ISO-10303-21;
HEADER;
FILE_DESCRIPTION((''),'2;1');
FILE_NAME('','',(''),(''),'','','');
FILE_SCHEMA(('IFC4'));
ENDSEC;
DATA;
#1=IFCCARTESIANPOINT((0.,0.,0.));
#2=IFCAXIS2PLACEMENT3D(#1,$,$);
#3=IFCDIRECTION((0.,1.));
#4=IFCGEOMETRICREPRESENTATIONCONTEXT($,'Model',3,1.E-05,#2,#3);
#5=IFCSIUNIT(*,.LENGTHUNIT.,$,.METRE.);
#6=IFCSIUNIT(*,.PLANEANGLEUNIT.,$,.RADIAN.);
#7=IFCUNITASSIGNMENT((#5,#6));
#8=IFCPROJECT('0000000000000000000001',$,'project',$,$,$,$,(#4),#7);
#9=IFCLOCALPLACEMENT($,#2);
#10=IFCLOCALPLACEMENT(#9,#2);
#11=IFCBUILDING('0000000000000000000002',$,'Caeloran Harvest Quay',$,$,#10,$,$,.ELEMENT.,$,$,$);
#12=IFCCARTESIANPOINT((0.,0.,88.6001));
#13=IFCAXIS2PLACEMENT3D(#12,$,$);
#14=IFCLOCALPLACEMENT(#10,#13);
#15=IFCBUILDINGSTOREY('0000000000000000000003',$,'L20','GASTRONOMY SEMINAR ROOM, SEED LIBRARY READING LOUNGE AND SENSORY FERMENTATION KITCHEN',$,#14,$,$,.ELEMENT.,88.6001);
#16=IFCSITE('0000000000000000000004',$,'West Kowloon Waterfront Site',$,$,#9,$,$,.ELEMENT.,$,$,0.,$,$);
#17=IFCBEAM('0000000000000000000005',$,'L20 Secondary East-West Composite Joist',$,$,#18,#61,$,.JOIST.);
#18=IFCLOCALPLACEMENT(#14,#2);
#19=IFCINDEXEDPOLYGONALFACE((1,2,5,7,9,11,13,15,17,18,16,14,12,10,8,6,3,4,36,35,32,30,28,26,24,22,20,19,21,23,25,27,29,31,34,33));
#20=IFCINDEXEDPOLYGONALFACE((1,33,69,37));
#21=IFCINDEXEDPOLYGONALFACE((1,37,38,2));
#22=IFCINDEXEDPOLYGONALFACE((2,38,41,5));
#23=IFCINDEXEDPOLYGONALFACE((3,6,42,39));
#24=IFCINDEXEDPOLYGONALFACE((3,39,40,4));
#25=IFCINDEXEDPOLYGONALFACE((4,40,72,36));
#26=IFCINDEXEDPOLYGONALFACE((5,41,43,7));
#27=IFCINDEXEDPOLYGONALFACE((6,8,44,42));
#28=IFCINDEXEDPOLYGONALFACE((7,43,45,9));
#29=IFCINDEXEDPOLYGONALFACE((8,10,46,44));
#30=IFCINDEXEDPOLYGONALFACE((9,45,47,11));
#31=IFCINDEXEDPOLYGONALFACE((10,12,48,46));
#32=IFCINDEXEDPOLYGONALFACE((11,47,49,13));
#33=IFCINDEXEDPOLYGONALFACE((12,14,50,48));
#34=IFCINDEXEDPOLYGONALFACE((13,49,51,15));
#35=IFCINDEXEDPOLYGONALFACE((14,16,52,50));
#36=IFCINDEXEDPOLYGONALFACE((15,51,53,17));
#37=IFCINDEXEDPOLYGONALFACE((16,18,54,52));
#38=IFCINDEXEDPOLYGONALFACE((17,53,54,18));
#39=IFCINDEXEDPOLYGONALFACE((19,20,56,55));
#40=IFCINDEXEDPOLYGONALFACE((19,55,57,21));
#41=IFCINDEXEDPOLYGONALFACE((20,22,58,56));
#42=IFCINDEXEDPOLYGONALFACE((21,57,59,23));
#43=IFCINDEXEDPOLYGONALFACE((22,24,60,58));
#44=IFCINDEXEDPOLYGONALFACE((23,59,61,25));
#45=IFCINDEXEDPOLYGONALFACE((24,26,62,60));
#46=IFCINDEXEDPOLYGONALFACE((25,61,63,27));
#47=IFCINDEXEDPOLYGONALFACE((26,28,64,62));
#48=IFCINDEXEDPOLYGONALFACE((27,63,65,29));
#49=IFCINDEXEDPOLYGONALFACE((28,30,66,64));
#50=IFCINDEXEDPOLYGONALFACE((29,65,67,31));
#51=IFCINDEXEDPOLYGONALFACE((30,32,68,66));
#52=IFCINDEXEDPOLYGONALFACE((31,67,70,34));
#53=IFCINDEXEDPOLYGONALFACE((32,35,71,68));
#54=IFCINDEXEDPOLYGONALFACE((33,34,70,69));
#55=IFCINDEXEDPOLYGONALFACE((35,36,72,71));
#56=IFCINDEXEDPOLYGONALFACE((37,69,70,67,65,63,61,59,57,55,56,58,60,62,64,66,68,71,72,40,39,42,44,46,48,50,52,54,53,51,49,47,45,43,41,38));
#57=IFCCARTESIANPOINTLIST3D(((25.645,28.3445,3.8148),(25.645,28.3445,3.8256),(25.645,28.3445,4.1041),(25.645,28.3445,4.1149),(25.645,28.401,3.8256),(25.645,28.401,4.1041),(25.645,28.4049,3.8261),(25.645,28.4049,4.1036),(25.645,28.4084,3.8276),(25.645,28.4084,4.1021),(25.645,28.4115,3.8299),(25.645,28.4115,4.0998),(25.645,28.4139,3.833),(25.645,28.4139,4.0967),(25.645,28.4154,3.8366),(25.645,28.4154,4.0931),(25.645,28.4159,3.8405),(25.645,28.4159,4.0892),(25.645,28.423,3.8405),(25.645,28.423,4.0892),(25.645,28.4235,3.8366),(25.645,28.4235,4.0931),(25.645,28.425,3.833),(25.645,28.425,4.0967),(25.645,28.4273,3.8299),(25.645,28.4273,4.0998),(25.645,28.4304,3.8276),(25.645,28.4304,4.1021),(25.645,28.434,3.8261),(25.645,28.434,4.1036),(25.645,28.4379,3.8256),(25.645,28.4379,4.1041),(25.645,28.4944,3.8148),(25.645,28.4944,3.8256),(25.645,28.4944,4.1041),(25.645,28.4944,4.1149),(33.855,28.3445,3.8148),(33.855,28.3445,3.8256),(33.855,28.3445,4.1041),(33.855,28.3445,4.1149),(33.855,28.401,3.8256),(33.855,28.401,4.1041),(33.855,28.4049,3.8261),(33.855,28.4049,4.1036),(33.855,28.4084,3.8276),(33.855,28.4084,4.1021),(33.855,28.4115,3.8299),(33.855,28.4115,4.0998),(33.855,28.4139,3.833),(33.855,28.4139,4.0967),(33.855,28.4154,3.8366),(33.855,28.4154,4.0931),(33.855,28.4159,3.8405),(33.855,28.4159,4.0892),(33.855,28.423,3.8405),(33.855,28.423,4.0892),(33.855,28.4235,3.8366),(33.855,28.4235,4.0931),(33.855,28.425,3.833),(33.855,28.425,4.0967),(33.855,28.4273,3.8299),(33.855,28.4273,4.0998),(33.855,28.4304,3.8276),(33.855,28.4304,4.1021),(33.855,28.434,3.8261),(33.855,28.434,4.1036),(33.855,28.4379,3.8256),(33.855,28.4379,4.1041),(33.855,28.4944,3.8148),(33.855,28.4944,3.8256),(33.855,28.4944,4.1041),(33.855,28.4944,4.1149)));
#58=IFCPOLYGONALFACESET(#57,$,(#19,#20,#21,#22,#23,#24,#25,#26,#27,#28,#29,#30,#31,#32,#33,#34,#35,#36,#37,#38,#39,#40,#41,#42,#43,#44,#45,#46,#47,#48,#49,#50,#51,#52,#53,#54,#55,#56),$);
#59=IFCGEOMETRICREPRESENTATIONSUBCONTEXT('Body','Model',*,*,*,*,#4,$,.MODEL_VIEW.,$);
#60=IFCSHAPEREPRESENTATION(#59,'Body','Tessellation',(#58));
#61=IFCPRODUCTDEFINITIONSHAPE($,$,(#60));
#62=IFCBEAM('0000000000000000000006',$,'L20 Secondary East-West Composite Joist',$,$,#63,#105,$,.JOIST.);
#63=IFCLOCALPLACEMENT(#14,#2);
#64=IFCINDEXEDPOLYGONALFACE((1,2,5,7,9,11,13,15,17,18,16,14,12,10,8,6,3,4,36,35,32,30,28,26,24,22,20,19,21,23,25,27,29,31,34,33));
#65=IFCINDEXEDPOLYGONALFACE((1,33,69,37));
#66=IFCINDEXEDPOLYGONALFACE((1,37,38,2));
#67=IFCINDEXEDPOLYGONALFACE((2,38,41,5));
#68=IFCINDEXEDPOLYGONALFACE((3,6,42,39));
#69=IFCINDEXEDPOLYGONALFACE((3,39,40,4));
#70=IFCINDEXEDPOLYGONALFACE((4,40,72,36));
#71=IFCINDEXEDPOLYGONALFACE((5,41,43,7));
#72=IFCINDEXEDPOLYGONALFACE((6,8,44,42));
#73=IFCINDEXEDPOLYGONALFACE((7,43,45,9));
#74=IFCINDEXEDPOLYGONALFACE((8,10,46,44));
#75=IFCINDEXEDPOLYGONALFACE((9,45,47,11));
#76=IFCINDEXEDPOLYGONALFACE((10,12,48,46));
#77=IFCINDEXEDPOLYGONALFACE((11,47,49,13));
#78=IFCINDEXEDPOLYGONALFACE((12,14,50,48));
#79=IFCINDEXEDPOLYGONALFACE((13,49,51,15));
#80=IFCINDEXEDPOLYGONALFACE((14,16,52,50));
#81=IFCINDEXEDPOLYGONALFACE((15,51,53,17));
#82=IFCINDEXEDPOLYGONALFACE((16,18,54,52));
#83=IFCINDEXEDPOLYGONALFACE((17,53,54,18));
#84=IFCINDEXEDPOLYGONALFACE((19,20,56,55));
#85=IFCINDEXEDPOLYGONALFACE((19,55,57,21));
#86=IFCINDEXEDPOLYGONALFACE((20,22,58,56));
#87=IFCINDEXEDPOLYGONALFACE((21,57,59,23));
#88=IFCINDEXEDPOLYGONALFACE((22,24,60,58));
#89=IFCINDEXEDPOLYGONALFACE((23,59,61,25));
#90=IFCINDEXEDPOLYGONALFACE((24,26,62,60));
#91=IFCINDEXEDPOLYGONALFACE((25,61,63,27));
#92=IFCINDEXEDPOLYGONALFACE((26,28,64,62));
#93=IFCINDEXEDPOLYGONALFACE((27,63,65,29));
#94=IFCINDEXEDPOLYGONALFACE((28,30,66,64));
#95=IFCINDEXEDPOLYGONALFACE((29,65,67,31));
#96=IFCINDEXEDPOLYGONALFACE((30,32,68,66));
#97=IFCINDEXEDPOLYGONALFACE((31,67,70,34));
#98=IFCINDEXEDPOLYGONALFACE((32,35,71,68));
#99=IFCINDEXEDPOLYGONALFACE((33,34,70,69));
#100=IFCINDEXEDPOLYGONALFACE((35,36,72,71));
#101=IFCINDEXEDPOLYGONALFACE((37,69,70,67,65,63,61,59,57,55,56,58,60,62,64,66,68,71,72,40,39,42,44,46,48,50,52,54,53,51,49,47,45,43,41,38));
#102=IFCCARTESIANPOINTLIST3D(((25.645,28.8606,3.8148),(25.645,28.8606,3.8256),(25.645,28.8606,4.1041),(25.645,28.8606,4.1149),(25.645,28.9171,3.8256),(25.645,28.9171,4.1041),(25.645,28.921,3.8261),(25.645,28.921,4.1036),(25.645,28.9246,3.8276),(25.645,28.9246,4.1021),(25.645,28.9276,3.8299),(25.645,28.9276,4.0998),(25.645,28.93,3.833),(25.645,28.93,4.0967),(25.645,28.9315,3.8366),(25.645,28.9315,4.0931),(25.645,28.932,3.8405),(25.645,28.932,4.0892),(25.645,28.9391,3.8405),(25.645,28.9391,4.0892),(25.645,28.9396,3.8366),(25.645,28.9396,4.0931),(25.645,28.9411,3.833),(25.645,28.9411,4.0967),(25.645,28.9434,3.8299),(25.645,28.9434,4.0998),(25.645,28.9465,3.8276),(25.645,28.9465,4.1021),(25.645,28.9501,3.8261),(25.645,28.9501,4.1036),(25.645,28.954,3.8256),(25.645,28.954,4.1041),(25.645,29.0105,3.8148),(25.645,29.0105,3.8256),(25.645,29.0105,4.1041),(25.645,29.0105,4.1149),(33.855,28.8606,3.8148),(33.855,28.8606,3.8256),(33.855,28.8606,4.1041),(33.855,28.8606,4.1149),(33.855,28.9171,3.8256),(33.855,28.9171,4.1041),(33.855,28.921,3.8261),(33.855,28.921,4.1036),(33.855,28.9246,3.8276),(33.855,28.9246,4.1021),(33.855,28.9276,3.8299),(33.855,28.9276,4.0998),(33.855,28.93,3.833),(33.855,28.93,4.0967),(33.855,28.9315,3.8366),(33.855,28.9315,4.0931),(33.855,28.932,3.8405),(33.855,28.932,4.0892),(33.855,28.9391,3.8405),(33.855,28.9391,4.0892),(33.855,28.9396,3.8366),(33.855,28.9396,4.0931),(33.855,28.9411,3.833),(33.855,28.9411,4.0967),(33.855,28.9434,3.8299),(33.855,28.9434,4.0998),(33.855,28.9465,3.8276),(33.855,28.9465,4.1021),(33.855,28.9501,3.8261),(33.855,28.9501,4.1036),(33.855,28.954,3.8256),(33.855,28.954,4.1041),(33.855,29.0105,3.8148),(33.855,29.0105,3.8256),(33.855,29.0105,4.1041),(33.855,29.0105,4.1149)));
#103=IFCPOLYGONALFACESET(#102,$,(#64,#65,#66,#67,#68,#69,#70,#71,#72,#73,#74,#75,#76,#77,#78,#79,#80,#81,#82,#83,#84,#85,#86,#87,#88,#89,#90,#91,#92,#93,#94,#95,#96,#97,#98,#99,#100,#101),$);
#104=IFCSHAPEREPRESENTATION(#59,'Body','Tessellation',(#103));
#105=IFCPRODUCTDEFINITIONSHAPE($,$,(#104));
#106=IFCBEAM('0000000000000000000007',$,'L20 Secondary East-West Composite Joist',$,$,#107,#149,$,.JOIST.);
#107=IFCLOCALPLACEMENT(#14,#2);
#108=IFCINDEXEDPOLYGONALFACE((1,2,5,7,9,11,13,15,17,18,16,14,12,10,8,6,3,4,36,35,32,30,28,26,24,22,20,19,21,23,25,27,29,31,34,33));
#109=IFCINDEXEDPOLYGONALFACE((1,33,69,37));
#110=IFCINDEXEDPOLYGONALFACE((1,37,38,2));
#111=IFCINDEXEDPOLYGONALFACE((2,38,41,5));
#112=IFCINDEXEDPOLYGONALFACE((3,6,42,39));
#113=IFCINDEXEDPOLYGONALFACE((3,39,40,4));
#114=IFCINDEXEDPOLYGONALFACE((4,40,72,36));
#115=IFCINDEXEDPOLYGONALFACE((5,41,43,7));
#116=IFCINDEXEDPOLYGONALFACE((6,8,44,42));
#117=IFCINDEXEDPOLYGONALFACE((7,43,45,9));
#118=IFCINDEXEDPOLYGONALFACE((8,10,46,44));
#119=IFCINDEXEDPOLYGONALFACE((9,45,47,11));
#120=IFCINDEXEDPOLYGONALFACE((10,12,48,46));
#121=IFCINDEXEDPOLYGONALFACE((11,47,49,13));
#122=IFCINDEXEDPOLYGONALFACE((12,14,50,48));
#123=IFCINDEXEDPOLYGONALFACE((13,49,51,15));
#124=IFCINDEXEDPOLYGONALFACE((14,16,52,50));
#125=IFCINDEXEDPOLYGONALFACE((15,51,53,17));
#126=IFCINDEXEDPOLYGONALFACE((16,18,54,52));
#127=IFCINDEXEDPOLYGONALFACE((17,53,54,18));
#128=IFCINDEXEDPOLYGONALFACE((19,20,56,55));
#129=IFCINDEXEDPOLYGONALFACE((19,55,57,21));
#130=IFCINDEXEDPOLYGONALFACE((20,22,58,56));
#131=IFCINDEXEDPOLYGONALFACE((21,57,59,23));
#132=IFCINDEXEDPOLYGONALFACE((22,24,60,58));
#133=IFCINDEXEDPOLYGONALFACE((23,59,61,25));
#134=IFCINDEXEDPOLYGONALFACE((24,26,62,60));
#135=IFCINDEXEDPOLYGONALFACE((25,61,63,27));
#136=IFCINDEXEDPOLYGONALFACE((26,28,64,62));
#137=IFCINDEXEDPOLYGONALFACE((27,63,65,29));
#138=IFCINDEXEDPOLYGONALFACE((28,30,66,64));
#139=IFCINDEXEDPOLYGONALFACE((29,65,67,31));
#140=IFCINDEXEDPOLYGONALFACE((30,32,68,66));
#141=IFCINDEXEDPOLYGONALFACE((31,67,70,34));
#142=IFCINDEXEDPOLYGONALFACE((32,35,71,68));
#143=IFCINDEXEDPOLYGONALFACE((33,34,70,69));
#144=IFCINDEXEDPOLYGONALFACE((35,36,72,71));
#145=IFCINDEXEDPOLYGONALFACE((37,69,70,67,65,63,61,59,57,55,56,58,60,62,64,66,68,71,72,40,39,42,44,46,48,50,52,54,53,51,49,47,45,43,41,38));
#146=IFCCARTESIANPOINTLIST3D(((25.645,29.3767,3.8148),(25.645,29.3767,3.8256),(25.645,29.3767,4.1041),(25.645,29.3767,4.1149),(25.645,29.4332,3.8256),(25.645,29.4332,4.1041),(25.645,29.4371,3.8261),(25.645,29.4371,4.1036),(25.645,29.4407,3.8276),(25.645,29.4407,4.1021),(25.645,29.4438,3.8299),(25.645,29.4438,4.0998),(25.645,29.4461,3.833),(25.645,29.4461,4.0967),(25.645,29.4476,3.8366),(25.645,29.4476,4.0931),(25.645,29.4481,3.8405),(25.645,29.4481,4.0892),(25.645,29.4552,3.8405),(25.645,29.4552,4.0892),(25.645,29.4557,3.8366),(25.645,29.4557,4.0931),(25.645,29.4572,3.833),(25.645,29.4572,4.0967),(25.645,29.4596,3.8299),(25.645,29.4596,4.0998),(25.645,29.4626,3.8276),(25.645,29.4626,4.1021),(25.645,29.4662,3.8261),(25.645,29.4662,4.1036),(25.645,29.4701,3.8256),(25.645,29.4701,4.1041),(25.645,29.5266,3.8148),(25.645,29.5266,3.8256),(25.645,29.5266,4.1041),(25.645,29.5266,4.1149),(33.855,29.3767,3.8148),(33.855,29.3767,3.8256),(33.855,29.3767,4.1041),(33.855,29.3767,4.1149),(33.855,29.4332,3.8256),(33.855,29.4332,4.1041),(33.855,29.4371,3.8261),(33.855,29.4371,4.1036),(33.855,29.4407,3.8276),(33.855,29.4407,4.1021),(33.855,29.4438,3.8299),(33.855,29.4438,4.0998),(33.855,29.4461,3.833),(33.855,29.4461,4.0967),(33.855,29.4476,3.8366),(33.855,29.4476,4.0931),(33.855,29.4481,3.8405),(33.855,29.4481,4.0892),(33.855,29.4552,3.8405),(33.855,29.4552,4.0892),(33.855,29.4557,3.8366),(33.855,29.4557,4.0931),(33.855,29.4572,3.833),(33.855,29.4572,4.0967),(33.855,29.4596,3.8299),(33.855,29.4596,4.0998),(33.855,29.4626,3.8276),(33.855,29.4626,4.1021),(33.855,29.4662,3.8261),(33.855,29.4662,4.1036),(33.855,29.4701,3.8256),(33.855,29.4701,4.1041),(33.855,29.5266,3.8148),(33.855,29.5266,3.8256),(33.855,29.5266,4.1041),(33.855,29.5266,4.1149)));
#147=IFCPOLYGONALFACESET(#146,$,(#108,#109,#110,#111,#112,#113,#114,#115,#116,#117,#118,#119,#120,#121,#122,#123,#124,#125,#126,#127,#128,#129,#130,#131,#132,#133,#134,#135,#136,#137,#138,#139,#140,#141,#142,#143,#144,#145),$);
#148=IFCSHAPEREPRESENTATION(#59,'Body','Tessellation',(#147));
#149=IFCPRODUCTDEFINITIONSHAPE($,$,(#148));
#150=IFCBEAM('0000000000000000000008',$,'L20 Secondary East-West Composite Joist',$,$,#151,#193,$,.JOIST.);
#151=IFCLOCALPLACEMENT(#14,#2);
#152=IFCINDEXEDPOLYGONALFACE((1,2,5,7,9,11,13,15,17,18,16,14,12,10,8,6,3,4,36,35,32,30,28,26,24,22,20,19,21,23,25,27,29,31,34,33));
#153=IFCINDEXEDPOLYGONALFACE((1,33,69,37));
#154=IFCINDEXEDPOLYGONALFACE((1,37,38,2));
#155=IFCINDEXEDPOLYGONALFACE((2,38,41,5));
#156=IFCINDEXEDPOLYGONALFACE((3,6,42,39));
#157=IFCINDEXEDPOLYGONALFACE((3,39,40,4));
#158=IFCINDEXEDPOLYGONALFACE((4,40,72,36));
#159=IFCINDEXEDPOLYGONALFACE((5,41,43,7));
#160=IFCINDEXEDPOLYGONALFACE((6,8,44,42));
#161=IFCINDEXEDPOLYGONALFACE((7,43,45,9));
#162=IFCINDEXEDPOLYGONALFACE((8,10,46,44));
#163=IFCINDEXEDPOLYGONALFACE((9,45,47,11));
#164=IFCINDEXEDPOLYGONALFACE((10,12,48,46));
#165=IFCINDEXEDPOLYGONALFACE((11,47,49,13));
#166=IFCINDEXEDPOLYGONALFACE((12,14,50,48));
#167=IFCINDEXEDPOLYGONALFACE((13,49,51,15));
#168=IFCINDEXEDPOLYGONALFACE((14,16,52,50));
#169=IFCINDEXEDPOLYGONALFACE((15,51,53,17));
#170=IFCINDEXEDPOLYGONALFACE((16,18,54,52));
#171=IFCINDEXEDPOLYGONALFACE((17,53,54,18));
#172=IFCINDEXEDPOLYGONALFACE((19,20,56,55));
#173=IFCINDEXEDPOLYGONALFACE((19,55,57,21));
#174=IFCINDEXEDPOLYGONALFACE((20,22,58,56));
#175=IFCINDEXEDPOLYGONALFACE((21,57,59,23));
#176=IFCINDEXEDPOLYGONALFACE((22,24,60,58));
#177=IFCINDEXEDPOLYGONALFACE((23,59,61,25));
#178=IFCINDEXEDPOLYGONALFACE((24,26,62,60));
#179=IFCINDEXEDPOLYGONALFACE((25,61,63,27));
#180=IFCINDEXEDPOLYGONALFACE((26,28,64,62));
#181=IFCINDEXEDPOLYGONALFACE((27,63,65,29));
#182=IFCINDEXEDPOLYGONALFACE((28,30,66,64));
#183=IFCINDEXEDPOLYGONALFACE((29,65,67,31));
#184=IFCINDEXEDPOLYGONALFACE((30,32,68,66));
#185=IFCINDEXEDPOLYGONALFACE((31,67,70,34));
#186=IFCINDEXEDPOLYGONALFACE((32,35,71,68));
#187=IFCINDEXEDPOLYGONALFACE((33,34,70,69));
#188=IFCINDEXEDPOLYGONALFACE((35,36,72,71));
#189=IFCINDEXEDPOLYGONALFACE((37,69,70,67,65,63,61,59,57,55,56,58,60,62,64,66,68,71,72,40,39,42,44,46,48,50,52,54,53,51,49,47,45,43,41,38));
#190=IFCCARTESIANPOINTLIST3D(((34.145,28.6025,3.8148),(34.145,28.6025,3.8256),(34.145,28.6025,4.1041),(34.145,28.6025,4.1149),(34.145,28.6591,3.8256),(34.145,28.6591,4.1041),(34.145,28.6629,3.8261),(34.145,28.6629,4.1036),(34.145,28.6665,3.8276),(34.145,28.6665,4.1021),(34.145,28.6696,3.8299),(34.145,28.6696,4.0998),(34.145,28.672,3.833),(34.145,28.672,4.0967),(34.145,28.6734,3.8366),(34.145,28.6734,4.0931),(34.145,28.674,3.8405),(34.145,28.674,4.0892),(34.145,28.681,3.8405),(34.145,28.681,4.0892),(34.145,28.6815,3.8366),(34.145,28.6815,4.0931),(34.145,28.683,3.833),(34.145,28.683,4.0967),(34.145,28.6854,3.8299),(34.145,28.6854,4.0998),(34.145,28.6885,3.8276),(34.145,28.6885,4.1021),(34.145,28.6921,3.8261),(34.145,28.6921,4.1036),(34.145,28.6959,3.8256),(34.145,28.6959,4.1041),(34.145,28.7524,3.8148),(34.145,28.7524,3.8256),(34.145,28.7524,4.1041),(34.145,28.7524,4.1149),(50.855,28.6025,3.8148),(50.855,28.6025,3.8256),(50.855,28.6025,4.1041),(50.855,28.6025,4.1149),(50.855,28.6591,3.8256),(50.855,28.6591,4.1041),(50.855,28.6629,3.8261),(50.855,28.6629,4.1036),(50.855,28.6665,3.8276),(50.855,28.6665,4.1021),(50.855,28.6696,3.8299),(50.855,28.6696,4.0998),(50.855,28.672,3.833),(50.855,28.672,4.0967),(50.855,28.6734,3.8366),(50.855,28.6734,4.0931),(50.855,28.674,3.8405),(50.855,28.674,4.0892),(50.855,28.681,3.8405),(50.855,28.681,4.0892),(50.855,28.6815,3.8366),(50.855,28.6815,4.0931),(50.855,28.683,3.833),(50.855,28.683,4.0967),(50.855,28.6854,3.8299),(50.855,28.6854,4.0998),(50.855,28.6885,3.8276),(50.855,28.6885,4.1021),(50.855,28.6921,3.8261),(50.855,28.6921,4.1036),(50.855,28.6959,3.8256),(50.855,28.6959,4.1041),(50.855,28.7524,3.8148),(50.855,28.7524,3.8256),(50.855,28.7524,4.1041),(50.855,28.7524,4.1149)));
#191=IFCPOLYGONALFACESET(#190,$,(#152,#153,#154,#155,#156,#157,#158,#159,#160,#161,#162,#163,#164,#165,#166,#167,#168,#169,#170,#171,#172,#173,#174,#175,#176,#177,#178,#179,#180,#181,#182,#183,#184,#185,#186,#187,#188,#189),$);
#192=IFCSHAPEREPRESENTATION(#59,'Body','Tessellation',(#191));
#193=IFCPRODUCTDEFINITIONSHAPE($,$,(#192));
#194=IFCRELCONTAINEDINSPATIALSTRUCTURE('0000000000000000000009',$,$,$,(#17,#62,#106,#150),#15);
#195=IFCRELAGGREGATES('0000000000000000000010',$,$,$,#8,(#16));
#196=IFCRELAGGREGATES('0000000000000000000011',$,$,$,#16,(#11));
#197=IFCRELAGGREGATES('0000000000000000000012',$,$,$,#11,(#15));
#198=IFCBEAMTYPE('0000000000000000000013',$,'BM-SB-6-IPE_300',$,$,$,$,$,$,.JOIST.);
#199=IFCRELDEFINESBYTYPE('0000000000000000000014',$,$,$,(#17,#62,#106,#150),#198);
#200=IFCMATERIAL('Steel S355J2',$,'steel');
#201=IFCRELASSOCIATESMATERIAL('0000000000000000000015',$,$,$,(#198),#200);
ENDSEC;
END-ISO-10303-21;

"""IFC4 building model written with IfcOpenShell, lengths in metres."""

from ifc_helpers import new_model, si_unit, direction, frame, origin, origin_2d, place, context, subcontext, project, spatial, i_section, extrude, material, material_profile, profile_set, type_object, element, save


model = new_model("IFC4")

# Units and contexts
model_context = context("Model", 3, precision=1e-05, world=origin(), true_north=direction((0.0, 1.0)))
body_context = subcontext(model_context, "Body", "Model", "MODEL_VIEW")
ifc_project = project(units=[si_unit("LENGTHUNIT", "METRE"), si_unit("PLANEANGLEUNIT", "RADIAN")], contexts=[model_context])

# Site, building, storey
site_placement = place(None, origin())
site = spatial("IfcSite", under=ifc_project, at=site_placement, Name="West Kowloon Waterfront Site", CompositionType="ELEMENT", RefElevation=0.0)
building_placement = place(site_placement, origin())
building = spatial("IfcBuilding", under=site, at=building_placement, Name="Caeloran Harvest Quay", CompositionType="ELEMENT")
storey_placement = place(building_placement, frame((0.0, 0.0, 88.6001)))
storey = spatial("IfcBuildingStorey", under=building, at=storey_placement, Name="L20", Description="GASTRONOMY SEMINAR ROOM, SEED LIBRARY READING LOUNGE AND SENSORY FERMENTATION KITCHEN", CompositionType="ELEMENT", Elevation=88.6001)

# Beams
ifc_material_1 = material(Name="Steel S355J2", Category="steel")
ifc_material_profile_1 = material_profile(ifc_material_1, i_section(OverallWidth=0.1499, OverallDepth=0.3, WebThickness=0.0071, FlangeThickness=0.0107, FilletRadius=0.0149, at=origin_2d()), Name="IPE 300")
ifc_profile_set_1 = profile_set([ifc_material_profile_1], Name="Steel S355J2")
beam_type_1 = type_object("IfcBeamType", Name="BM-SB-6-IPE_300", PredefinedType="JOIST", material=ifc_profile_set_1)
for number, where, z_axis, x_axis, name in (
    (1, (25.645, 28.4194, 3.9648), (1.0, 0.0, 0.0), (0.0, 1.0, 0.0), "L20 Secondary East-West Composite Joist"),
    (2, (25.645, 28.9355, 3.9648), (1.0, 0.0, 0.0), (0.0, 1.0, 0.0), "L20 Secondary East-West Composite Joist"),
    (3, (25.645, 29.4517, 3.9648), (1.0, 0.0, 0.0), (0.0, 1.0, 0.0), "L20 Secondary East-West Composite Joist"),
):
    element("IfcBeam", number, at=place(storey_placement, frame(where, z_axis=z_axis, x_axis=x_axis)), inside=storey, type_object=beam_type_1, Name=name, PredefinedType="JOIST", context=body_context, shape_type="SweptSolid", body=[
        extrude(i_section(OverallWidth=0.1499, OverallDepth=0.3, WebThickness=0.0071, FlangeThickness=0.0107, FilletRadius=0.0149, at=origin_2d()), origin(), (0.0, 0.0, 1.0), 8.21),
    ])
beam_1_placement = place(storey_placement, frame((34.145, 28.6775, 3.9648), z_axis=(1.0, 0.0, 0.0), x_axis=(0.0, 1.0, 0.0)))
element("IfcBeam", 4, at=beam_1_placement, inside=storey, type_object=beam_type_1, Name="L20 Secondary East-West Composite Joist", PredefinedType="JOIST", context=body_context, shape_type="SweptSolid", body=[
    extrude(i_section(OverallWidth=0.1499, OverallDepth=0.3, WebThickness=0.0071, FlangeThickness=0.0107, FilletRadius=0.0149, at=origin_2d()), origin(), (0.0, 0.0, 1.0), 16.71),
])

save(model, "model.ifc")
